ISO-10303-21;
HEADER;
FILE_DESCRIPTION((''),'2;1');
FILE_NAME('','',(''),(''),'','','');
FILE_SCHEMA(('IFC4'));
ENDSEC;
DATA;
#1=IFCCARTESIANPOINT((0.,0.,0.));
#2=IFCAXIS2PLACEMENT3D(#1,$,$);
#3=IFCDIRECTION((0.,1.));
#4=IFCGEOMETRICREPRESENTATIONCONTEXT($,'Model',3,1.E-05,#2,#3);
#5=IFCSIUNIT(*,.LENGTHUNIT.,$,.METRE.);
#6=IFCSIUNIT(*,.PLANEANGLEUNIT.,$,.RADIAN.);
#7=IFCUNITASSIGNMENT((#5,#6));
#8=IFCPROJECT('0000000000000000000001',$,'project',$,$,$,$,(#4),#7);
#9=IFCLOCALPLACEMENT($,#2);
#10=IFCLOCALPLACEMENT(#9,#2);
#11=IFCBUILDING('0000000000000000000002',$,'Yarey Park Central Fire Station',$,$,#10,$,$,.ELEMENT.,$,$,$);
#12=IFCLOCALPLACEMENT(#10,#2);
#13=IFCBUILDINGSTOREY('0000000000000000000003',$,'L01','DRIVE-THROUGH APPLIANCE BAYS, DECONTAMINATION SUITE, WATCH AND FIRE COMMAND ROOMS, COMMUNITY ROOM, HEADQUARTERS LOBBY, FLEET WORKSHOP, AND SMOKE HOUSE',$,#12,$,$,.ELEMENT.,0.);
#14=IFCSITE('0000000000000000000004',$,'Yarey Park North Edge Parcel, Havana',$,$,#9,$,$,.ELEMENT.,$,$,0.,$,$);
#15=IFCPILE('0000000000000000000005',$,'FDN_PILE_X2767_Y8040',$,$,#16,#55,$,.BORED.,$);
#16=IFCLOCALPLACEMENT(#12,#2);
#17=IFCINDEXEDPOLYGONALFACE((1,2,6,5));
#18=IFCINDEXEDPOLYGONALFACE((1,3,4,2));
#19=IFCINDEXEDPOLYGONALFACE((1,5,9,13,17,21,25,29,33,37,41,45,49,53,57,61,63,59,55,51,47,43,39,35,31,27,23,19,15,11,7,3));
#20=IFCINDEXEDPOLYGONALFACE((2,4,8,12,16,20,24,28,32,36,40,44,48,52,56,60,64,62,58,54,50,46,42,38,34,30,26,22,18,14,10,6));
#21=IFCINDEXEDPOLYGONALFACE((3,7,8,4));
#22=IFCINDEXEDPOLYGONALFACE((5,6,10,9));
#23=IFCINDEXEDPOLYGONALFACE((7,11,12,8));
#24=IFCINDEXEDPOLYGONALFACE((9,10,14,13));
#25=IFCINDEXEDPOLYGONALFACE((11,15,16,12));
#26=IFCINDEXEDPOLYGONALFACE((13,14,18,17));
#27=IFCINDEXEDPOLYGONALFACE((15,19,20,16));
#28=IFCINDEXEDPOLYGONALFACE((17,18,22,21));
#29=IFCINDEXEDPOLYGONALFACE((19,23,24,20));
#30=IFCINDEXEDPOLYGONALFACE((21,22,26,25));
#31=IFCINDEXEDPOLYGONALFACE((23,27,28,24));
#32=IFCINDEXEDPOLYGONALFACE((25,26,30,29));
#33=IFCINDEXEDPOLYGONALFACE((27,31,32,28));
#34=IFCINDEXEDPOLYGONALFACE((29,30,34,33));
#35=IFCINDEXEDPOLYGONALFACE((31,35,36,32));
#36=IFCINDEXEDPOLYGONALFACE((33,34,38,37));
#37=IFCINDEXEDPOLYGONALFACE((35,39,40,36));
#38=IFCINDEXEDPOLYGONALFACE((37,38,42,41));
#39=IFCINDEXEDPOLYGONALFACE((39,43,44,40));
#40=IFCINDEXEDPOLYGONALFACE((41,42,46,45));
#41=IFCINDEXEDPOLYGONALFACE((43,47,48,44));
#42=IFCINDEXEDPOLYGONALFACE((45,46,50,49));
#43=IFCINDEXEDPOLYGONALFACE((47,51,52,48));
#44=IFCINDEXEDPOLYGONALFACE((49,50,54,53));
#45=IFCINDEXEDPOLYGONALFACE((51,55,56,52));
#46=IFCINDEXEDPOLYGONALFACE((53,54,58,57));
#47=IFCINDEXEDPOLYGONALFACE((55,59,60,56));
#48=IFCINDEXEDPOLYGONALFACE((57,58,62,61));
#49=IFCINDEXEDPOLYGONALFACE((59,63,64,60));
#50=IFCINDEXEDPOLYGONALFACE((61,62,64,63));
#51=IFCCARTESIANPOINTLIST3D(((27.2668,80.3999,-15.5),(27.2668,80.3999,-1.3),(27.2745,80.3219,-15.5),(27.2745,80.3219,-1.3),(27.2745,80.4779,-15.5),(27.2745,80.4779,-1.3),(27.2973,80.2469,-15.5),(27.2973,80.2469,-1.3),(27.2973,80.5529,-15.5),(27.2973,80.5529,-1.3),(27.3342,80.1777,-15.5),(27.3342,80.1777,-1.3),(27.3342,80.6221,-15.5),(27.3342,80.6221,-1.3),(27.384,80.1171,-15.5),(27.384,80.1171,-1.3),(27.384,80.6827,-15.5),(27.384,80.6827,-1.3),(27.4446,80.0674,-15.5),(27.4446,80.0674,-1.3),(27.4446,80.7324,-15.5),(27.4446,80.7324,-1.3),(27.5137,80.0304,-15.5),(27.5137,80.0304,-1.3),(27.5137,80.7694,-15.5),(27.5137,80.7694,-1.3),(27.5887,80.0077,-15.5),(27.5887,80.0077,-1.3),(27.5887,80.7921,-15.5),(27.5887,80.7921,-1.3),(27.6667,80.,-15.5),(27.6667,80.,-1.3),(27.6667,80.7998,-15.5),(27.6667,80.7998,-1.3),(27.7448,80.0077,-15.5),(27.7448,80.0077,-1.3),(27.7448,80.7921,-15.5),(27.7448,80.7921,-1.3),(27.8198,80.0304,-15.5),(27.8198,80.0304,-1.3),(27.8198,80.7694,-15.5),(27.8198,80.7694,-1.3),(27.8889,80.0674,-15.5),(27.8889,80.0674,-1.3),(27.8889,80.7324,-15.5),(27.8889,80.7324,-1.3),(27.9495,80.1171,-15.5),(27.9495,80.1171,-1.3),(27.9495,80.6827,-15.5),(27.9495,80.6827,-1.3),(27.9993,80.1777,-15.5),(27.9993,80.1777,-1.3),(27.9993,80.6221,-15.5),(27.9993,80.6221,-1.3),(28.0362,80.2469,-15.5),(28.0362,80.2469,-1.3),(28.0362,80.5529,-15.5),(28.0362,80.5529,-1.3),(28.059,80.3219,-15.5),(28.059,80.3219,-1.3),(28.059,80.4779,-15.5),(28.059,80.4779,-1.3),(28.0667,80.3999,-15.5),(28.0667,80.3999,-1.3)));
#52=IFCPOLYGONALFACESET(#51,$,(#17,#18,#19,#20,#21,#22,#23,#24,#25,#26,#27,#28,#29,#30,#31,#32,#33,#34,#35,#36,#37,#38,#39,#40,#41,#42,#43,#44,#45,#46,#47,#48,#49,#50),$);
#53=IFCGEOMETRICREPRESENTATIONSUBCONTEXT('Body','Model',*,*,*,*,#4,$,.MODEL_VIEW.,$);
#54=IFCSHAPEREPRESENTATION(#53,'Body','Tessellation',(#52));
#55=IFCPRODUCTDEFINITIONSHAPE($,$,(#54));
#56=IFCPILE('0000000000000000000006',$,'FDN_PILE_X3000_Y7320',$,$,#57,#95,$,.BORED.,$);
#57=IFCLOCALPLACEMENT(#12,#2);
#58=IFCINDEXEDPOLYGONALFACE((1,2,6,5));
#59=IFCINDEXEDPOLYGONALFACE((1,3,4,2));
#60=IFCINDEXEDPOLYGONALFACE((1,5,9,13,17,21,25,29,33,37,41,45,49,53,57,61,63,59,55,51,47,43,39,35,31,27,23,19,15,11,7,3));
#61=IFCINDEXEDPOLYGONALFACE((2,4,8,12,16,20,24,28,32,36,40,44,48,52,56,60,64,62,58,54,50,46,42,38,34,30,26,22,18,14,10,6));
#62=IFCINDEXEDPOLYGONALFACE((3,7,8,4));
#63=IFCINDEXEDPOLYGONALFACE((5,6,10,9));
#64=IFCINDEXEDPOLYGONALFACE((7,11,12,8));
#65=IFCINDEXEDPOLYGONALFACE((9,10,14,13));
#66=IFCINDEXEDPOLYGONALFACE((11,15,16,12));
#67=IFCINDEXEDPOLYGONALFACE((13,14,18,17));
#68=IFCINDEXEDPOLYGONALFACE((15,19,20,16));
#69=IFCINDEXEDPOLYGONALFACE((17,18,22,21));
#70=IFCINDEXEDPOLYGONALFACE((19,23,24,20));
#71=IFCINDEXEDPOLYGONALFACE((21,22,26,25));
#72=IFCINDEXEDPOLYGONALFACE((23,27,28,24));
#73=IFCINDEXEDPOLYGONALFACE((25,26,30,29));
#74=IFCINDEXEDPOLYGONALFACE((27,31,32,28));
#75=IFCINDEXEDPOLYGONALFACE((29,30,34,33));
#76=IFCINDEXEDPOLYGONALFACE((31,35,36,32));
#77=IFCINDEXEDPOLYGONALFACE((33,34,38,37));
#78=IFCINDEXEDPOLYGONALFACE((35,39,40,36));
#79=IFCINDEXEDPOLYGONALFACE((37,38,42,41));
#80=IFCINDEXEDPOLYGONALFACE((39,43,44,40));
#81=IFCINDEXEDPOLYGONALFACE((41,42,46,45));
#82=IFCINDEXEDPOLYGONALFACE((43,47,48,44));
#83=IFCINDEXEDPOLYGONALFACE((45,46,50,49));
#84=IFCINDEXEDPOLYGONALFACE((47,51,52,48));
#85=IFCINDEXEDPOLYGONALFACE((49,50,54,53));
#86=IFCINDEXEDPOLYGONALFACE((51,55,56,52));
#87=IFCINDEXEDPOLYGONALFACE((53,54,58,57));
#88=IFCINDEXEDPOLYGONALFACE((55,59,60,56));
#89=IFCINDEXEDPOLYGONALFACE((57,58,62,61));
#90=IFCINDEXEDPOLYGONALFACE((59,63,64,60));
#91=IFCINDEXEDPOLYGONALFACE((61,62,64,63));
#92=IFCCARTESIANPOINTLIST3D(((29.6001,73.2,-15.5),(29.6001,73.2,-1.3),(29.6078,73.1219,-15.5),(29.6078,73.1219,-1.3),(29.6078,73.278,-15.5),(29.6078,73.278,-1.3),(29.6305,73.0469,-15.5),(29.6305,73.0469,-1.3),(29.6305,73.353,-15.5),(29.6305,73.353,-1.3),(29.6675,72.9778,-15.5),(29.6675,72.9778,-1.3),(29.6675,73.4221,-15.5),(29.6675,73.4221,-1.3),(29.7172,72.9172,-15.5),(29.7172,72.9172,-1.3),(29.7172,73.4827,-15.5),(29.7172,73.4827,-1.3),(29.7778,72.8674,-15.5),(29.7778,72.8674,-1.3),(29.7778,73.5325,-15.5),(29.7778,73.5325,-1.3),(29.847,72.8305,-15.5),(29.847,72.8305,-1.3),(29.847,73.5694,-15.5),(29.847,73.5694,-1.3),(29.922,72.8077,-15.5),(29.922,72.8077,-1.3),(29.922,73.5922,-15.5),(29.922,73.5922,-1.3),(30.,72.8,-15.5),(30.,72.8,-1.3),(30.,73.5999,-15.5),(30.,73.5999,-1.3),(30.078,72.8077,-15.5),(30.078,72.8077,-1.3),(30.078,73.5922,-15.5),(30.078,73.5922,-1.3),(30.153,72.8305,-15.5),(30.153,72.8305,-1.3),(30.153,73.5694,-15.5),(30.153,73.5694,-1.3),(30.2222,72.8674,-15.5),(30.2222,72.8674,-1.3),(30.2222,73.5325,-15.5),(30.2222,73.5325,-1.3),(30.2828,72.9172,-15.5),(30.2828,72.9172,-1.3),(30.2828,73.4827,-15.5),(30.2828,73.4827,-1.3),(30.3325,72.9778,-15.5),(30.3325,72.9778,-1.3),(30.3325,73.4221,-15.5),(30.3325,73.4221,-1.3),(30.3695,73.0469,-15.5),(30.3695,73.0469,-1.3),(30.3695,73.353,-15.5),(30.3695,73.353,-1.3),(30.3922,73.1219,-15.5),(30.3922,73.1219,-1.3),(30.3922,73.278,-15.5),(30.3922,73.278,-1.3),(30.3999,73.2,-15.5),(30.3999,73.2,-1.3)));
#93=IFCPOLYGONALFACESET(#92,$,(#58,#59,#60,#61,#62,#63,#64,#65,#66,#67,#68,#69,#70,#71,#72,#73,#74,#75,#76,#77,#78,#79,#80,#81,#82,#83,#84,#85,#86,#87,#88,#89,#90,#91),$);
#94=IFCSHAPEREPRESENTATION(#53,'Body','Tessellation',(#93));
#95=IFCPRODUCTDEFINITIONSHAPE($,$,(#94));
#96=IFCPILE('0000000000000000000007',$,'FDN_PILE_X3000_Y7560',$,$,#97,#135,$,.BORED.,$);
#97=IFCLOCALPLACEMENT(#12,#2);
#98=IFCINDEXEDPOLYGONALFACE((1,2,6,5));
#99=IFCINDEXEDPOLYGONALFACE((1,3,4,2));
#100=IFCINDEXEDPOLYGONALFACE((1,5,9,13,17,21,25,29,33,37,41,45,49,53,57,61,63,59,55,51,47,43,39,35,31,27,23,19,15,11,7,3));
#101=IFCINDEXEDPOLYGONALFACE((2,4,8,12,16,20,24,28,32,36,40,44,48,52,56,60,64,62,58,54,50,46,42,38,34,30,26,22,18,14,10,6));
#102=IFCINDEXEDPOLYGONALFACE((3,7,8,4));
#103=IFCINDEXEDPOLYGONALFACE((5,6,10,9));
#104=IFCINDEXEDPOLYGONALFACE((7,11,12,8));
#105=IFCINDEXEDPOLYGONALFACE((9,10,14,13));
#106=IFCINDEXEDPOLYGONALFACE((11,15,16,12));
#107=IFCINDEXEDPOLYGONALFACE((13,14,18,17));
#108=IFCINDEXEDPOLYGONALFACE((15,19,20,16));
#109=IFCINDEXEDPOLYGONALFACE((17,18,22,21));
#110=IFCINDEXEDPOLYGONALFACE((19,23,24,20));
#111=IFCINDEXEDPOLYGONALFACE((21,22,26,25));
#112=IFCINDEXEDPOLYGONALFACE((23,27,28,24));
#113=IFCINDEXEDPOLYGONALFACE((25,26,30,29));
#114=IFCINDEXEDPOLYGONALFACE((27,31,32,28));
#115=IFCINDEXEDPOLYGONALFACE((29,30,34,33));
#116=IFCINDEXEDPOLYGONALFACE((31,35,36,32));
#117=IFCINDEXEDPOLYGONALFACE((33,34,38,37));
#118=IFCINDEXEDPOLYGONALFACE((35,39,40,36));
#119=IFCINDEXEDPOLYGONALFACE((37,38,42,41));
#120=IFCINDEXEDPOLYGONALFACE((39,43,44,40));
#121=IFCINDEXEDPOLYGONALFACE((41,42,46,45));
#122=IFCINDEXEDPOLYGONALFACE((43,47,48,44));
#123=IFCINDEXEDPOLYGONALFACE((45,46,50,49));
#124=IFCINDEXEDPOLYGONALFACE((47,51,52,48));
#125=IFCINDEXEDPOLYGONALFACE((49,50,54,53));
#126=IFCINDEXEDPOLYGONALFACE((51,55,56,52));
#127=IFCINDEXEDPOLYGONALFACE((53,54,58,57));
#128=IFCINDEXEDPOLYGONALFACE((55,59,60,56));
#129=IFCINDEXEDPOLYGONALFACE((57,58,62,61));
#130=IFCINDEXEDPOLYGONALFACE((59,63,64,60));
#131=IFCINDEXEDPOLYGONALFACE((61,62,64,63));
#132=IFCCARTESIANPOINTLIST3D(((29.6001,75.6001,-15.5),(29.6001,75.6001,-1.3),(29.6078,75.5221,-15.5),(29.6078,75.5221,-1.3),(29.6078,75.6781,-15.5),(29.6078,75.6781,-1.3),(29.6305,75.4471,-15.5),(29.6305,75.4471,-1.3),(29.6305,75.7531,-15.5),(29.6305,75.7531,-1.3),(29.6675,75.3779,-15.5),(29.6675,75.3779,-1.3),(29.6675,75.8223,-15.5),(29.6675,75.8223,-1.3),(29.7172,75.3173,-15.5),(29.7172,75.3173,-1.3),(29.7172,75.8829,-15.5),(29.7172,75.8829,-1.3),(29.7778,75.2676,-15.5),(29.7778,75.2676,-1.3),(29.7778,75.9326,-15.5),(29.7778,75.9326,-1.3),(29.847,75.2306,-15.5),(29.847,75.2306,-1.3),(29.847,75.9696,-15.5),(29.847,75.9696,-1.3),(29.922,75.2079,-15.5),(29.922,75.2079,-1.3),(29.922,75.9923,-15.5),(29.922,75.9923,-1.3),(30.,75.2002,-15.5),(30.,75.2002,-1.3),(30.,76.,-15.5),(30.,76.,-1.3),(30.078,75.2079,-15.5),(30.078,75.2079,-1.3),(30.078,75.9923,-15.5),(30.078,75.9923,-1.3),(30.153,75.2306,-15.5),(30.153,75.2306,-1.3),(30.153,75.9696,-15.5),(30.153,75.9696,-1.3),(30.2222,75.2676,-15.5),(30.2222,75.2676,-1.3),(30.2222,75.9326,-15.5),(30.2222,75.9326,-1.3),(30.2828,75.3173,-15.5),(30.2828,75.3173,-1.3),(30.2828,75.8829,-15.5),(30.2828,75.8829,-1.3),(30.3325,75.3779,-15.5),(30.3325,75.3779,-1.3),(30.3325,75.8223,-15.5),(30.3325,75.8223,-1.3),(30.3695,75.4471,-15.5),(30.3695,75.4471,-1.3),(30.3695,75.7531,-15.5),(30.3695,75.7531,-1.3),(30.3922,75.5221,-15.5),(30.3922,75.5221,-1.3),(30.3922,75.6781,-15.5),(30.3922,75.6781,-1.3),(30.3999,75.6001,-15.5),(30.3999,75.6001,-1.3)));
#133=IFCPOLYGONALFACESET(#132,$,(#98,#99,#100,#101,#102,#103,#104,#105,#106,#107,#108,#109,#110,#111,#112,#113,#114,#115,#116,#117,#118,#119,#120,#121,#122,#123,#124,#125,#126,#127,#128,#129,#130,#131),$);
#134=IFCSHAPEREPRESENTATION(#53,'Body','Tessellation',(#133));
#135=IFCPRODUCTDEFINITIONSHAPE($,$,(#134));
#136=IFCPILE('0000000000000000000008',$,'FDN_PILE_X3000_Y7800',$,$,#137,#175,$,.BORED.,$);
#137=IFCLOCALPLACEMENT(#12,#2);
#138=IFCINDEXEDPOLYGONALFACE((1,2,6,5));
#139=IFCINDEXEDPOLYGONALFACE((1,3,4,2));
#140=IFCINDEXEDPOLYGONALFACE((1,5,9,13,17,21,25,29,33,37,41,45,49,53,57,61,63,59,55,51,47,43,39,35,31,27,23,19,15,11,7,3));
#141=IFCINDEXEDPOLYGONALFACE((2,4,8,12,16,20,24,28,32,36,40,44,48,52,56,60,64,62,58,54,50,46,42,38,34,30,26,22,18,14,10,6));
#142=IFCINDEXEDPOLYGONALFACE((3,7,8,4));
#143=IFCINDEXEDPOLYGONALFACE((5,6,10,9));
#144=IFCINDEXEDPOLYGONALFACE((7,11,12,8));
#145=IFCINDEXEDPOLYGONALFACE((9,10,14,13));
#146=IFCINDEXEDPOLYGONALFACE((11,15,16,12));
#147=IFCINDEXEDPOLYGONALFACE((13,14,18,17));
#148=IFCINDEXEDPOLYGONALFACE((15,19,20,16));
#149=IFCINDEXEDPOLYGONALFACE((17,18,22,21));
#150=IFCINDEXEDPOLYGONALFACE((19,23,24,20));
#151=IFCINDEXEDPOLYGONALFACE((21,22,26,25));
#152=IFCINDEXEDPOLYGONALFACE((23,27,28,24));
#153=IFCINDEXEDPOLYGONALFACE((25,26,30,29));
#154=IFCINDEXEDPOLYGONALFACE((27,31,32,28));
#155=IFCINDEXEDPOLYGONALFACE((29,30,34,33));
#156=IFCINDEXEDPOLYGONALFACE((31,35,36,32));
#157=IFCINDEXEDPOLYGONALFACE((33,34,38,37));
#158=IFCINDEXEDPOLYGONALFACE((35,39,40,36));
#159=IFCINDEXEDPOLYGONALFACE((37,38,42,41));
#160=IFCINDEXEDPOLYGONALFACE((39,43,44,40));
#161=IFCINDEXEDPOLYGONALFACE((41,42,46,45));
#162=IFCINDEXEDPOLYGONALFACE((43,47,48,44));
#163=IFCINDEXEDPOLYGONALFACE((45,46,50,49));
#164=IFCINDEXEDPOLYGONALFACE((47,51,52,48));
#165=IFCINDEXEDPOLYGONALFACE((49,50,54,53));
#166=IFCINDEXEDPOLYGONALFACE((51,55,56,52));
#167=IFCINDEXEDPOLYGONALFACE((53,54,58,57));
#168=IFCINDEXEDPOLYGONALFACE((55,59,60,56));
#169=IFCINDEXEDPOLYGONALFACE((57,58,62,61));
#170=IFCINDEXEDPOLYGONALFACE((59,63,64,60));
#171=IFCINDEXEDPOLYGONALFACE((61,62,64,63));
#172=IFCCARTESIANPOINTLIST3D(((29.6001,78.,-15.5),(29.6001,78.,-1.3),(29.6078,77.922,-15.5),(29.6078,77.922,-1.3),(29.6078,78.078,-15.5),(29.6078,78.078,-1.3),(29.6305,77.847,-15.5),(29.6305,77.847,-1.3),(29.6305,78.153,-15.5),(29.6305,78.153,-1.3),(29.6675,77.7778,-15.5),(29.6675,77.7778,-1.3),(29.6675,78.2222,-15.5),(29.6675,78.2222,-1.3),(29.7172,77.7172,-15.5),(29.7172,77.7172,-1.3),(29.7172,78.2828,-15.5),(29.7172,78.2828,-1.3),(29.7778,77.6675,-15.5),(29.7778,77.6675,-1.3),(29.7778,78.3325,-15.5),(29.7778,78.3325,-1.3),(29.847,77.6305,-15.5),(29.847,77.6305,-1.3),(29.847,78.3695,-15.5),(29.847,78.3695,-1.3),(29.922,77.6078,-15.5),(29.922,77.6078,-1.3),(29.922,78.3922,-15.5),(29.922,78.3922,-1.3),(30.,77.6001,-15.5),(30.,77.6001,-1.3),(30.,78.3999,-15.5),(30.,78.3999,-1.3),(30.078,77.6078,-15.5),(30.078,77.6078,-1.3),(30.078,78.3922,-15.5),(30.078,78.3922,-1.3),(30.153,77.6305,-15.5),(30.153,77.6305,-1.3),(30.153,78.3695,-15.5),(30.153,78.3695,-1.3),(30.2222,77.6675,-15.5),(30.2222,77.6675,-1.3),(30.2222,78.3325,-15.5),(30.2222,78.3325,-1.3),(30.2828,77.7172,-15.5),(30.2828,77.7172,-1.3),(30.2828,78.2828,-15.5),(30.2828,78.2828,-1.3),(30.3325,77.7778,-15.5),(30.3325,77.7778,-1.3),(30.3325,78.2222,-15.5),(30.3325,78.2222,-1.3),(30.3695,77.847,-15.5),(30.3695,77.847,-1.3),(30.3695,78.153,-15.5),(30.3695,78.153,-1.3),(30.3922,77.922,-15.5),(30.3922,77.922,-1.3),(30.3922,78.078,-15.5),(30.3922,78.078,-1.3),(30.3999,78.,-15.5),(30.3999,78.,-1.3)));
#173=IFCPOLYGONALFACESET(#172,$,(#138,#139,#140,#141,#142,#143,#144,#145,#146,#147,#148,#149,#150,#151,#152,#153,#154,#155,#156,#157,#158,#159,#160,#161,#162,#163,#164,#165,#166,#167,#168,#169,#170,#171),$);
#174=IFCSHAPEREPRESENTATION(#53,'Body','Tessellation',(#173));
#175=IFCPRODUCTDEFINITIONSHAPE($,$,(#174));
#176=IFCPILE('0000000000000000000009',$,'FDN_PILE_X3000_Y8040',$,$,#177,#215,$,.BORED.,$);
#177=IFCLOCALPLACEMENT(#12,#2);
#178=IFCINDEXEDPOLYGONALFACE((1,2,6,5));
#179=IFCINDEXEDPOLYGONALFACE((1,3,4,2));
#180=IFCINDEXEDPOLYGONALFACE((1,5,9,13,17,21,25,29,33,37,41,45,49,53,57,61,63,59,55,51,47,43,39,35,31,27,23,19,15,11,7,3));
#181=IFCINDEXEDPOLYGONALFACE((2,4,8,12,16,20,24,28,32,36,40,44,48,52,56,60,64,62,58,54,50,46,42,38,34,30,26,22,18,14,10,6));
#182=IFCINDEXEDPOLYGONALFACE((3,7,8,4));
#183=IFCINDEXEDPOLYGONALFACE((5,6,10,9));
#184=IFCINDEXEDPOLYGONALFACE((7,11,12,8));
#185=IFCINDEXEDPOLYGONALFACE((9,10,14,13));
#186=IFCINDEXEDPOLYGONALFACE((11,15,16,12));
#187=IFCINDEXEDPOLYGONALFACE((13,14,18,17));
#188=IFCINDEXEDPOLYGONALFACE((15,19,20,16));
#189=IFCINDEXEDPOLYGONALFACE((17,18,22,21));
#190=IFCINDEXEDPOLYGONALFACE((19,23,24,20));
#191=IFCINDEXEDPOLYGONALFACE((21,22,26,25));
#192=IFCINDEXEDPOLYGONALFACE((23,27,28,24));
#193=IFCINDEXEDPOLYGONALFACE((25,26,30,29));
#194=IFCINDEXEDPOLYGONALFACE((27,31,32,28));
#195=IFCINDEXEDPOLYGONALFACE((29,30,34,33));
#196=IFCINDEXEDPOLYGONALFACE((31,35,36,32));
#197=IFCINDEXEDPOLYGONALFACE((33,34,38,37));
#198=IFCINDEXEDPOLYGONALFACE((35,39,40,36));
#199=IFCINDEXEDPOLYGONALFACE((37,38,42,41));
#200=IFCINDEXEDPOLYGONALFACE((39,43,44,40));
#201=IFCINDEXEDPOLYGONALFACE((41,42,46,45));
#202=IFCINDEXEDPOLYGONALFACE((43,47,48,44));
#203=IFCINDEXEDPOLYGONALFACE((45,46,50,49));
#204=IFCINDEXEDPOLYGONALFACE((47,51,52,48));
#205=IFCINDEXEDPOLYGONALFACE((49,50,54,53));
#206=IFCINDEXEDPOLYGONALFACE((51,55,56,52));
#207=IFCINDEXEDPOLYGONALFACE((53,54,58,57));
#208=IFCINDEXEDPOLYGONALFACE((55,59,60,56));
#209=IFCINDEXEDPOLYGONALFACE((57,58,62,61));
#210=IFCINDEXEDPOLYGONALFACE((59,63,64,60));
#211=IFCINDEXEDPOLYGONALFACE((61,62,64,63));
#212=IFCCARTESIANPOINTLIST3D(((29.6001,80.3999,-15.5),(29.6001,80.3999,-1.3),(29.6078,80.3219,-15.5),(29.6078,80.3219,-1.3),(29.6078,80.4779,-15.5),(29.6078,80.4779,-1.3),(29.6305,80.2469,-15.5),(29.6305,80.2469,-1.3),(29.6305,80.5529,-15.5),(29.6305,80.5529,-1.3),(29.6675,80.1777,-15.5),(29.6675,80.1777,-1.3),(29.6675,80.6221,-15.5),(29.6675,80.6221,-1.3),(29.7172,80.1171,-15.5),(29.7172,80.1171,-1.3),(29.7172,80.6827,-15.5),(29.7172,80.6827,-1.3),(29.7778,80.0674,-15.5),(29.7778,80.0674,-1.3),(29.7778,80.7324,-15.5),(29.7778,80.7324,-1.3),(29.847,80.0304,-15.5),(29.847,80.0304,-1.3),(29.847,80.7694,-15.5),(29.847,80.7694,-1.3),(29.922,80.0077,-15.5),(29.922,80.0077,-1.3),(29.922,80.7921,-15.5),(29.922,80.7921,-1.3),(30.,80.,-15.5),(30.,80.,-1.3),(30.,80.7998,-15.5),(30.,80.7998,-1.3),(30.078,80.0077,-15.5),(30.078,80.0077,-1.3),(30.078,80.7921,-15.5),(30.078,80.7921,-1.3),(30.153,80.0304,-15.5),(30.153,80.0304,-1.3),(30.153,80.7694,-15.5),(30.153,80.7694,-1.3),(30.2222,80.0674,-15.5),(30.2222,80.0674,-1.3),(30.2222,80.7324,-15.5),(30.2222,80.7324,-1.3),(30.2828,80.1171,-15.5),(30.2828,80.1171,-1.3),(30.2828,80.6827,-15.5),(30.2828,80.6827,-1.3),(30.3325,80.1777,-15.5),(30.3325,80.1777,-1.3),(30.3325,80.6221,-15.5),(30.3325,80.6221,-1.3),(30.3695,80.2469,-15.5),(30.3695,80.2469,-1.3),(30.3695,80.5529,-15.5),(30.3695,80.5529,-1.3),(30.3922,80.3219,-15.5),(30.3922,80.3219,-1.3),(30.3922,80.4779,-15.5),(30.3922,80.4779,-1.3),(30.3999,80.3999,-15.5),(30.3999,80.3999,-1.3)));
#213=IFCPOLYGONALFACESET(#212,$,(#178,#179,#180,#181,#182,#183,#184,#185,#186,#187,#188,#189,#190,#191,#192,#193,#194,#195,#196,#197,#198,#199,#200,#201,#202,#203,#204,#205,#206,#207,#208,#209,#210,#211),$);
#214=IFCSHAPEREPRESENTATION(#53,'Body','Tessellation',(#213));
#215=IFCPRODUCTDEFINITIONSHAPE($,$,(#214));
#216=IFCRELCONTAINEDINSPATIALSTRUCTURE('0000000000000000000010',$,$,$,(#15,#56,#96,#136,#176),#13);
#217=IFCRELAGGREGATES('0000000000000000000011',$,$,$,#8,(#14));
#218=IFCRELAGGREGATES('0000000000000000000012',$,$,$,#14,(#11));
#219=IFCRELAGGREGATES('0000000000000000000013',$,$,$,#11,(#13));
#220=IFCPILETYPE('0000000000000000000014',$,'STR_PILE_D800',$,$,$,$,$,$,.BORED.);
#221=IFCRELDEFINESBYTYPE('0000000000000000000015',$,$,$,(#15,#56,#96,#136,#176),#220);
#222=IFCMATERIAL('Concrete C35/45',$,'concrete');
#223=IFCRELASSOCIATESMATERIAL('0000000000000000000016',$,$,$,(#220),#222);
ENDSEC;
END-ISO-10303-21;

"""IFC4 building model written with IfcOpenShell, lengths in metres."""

from ifc_helpers import new_model, si_unit, direction, frame, origin, origin_2d, place, context, subcontext, project, spatial, circle, extrude, material, material_profile, profile_set, type_object, element, save


model = new_model("IFC4")

# Units and contexts
model_context = context("Model", 3, precision=1e-05, world=origin(), true_north=direction((0.0, 1.0)))
body_context = subcontext(model_context, "Body", "Model", "MODEL_VIEW")
ifc_project = project(units=[si_unit("LENGTHUNIT", "METRE"), si_unit("PLANEANGLEUNIT", "RADIAN")], contexts=[model_context])

# Site, building, storey
site_placement = place(None, origin())
site = spatial("IfcSite", under=ifc_project, at=site_placement, Name="Yarey Park North Edge Parcel, Havana", CompositionType="ELEMENT", RefElevation=0.0)
building_placement = place(site_placement, origin())
building = spatial("IfcBuilding", under=site, at=building_placement, Name="Yarey Park Central Fire Station", CompositionType="ELEMENT")
storey_placement = place(building_placement, origin())
storey = spatial("IfcBuildingStorey", under=building, at=storey_placement, Name="L01", Description="DRIVE-THROUGH APPLIANCE BAYS, DECONTAMINATION SUITE, WATCH AND FIRE COMMAND ROOMS, COMMUNITY ROOM, HEADQUARTERS LOBBY, FLEET WORKSHOP, AND SMOKE HOUSE", CompositionType="ELEMENT", Elevation=0.0)

# Shared definitions
ifc_material_1 = material(Name="Concrete C35/45", Category="concrete")

# Piles
ifc_material_profile_1 = material_profile(ifc_material_1, circle(Radius=0.3999, at=origin_2d()), Name="BORED PILE D800")
ifc_profile_set_1 = profile_set([ifc_material_profile_1], Name="Concrete C35/45")
pile_type = type_object("IfcPileType", Name="STR_PILE_D800", PredefinedType="BORED", material=ifc_profile_set_1)
for number, where, z_axis, x_axis, name in (
    (1, (27.6667, 80.3999, -1.3), (0.0, 0.0, -1.0), (1.0, 0.0, 0.0), "FDN_PILE_X2767_Y8040"),
    (2, (30.0, 73.2, -1.3), (0.0, 0.0, -1.0), (1.0, 0.0, 0.0), "FDN_PILE_X3000_Y7320"),
    (3, (30.0, 75.6001, -1.3), (0.0, 0.0, -1.0), (1.0, 0.0, 0.0), "FDN_PILE_X3000_Y7560"),
    (4, (30.0, 78.0, -1.3), (0.0, 0.0, -1.0), (1.0, 0.0, 0.0), "FDN_PILE_X3000_Y7800"),
    (5, (30.0, 80.3999, -1.3), (0.0, 0.0, -1.0), (1.0, 0.0, 0.0), "FDN_PILE_X3000_Y8040"),
):
    element("IfcPile", number, at=place(storey_placement, frame(where, z_axis=z_axis, x_axis=x_axis)), inside=storey, type_object=pile_type, Name=name, PredefinedType="BORED", context=body_context, shape_type="SweptSolid", body=[
        extrude(circle(Radius=0.3999, at=origin_2d()), origin(), (0.0, 0.0, 1.0), 14.2),
    ])

save(model, "model.ifc")
